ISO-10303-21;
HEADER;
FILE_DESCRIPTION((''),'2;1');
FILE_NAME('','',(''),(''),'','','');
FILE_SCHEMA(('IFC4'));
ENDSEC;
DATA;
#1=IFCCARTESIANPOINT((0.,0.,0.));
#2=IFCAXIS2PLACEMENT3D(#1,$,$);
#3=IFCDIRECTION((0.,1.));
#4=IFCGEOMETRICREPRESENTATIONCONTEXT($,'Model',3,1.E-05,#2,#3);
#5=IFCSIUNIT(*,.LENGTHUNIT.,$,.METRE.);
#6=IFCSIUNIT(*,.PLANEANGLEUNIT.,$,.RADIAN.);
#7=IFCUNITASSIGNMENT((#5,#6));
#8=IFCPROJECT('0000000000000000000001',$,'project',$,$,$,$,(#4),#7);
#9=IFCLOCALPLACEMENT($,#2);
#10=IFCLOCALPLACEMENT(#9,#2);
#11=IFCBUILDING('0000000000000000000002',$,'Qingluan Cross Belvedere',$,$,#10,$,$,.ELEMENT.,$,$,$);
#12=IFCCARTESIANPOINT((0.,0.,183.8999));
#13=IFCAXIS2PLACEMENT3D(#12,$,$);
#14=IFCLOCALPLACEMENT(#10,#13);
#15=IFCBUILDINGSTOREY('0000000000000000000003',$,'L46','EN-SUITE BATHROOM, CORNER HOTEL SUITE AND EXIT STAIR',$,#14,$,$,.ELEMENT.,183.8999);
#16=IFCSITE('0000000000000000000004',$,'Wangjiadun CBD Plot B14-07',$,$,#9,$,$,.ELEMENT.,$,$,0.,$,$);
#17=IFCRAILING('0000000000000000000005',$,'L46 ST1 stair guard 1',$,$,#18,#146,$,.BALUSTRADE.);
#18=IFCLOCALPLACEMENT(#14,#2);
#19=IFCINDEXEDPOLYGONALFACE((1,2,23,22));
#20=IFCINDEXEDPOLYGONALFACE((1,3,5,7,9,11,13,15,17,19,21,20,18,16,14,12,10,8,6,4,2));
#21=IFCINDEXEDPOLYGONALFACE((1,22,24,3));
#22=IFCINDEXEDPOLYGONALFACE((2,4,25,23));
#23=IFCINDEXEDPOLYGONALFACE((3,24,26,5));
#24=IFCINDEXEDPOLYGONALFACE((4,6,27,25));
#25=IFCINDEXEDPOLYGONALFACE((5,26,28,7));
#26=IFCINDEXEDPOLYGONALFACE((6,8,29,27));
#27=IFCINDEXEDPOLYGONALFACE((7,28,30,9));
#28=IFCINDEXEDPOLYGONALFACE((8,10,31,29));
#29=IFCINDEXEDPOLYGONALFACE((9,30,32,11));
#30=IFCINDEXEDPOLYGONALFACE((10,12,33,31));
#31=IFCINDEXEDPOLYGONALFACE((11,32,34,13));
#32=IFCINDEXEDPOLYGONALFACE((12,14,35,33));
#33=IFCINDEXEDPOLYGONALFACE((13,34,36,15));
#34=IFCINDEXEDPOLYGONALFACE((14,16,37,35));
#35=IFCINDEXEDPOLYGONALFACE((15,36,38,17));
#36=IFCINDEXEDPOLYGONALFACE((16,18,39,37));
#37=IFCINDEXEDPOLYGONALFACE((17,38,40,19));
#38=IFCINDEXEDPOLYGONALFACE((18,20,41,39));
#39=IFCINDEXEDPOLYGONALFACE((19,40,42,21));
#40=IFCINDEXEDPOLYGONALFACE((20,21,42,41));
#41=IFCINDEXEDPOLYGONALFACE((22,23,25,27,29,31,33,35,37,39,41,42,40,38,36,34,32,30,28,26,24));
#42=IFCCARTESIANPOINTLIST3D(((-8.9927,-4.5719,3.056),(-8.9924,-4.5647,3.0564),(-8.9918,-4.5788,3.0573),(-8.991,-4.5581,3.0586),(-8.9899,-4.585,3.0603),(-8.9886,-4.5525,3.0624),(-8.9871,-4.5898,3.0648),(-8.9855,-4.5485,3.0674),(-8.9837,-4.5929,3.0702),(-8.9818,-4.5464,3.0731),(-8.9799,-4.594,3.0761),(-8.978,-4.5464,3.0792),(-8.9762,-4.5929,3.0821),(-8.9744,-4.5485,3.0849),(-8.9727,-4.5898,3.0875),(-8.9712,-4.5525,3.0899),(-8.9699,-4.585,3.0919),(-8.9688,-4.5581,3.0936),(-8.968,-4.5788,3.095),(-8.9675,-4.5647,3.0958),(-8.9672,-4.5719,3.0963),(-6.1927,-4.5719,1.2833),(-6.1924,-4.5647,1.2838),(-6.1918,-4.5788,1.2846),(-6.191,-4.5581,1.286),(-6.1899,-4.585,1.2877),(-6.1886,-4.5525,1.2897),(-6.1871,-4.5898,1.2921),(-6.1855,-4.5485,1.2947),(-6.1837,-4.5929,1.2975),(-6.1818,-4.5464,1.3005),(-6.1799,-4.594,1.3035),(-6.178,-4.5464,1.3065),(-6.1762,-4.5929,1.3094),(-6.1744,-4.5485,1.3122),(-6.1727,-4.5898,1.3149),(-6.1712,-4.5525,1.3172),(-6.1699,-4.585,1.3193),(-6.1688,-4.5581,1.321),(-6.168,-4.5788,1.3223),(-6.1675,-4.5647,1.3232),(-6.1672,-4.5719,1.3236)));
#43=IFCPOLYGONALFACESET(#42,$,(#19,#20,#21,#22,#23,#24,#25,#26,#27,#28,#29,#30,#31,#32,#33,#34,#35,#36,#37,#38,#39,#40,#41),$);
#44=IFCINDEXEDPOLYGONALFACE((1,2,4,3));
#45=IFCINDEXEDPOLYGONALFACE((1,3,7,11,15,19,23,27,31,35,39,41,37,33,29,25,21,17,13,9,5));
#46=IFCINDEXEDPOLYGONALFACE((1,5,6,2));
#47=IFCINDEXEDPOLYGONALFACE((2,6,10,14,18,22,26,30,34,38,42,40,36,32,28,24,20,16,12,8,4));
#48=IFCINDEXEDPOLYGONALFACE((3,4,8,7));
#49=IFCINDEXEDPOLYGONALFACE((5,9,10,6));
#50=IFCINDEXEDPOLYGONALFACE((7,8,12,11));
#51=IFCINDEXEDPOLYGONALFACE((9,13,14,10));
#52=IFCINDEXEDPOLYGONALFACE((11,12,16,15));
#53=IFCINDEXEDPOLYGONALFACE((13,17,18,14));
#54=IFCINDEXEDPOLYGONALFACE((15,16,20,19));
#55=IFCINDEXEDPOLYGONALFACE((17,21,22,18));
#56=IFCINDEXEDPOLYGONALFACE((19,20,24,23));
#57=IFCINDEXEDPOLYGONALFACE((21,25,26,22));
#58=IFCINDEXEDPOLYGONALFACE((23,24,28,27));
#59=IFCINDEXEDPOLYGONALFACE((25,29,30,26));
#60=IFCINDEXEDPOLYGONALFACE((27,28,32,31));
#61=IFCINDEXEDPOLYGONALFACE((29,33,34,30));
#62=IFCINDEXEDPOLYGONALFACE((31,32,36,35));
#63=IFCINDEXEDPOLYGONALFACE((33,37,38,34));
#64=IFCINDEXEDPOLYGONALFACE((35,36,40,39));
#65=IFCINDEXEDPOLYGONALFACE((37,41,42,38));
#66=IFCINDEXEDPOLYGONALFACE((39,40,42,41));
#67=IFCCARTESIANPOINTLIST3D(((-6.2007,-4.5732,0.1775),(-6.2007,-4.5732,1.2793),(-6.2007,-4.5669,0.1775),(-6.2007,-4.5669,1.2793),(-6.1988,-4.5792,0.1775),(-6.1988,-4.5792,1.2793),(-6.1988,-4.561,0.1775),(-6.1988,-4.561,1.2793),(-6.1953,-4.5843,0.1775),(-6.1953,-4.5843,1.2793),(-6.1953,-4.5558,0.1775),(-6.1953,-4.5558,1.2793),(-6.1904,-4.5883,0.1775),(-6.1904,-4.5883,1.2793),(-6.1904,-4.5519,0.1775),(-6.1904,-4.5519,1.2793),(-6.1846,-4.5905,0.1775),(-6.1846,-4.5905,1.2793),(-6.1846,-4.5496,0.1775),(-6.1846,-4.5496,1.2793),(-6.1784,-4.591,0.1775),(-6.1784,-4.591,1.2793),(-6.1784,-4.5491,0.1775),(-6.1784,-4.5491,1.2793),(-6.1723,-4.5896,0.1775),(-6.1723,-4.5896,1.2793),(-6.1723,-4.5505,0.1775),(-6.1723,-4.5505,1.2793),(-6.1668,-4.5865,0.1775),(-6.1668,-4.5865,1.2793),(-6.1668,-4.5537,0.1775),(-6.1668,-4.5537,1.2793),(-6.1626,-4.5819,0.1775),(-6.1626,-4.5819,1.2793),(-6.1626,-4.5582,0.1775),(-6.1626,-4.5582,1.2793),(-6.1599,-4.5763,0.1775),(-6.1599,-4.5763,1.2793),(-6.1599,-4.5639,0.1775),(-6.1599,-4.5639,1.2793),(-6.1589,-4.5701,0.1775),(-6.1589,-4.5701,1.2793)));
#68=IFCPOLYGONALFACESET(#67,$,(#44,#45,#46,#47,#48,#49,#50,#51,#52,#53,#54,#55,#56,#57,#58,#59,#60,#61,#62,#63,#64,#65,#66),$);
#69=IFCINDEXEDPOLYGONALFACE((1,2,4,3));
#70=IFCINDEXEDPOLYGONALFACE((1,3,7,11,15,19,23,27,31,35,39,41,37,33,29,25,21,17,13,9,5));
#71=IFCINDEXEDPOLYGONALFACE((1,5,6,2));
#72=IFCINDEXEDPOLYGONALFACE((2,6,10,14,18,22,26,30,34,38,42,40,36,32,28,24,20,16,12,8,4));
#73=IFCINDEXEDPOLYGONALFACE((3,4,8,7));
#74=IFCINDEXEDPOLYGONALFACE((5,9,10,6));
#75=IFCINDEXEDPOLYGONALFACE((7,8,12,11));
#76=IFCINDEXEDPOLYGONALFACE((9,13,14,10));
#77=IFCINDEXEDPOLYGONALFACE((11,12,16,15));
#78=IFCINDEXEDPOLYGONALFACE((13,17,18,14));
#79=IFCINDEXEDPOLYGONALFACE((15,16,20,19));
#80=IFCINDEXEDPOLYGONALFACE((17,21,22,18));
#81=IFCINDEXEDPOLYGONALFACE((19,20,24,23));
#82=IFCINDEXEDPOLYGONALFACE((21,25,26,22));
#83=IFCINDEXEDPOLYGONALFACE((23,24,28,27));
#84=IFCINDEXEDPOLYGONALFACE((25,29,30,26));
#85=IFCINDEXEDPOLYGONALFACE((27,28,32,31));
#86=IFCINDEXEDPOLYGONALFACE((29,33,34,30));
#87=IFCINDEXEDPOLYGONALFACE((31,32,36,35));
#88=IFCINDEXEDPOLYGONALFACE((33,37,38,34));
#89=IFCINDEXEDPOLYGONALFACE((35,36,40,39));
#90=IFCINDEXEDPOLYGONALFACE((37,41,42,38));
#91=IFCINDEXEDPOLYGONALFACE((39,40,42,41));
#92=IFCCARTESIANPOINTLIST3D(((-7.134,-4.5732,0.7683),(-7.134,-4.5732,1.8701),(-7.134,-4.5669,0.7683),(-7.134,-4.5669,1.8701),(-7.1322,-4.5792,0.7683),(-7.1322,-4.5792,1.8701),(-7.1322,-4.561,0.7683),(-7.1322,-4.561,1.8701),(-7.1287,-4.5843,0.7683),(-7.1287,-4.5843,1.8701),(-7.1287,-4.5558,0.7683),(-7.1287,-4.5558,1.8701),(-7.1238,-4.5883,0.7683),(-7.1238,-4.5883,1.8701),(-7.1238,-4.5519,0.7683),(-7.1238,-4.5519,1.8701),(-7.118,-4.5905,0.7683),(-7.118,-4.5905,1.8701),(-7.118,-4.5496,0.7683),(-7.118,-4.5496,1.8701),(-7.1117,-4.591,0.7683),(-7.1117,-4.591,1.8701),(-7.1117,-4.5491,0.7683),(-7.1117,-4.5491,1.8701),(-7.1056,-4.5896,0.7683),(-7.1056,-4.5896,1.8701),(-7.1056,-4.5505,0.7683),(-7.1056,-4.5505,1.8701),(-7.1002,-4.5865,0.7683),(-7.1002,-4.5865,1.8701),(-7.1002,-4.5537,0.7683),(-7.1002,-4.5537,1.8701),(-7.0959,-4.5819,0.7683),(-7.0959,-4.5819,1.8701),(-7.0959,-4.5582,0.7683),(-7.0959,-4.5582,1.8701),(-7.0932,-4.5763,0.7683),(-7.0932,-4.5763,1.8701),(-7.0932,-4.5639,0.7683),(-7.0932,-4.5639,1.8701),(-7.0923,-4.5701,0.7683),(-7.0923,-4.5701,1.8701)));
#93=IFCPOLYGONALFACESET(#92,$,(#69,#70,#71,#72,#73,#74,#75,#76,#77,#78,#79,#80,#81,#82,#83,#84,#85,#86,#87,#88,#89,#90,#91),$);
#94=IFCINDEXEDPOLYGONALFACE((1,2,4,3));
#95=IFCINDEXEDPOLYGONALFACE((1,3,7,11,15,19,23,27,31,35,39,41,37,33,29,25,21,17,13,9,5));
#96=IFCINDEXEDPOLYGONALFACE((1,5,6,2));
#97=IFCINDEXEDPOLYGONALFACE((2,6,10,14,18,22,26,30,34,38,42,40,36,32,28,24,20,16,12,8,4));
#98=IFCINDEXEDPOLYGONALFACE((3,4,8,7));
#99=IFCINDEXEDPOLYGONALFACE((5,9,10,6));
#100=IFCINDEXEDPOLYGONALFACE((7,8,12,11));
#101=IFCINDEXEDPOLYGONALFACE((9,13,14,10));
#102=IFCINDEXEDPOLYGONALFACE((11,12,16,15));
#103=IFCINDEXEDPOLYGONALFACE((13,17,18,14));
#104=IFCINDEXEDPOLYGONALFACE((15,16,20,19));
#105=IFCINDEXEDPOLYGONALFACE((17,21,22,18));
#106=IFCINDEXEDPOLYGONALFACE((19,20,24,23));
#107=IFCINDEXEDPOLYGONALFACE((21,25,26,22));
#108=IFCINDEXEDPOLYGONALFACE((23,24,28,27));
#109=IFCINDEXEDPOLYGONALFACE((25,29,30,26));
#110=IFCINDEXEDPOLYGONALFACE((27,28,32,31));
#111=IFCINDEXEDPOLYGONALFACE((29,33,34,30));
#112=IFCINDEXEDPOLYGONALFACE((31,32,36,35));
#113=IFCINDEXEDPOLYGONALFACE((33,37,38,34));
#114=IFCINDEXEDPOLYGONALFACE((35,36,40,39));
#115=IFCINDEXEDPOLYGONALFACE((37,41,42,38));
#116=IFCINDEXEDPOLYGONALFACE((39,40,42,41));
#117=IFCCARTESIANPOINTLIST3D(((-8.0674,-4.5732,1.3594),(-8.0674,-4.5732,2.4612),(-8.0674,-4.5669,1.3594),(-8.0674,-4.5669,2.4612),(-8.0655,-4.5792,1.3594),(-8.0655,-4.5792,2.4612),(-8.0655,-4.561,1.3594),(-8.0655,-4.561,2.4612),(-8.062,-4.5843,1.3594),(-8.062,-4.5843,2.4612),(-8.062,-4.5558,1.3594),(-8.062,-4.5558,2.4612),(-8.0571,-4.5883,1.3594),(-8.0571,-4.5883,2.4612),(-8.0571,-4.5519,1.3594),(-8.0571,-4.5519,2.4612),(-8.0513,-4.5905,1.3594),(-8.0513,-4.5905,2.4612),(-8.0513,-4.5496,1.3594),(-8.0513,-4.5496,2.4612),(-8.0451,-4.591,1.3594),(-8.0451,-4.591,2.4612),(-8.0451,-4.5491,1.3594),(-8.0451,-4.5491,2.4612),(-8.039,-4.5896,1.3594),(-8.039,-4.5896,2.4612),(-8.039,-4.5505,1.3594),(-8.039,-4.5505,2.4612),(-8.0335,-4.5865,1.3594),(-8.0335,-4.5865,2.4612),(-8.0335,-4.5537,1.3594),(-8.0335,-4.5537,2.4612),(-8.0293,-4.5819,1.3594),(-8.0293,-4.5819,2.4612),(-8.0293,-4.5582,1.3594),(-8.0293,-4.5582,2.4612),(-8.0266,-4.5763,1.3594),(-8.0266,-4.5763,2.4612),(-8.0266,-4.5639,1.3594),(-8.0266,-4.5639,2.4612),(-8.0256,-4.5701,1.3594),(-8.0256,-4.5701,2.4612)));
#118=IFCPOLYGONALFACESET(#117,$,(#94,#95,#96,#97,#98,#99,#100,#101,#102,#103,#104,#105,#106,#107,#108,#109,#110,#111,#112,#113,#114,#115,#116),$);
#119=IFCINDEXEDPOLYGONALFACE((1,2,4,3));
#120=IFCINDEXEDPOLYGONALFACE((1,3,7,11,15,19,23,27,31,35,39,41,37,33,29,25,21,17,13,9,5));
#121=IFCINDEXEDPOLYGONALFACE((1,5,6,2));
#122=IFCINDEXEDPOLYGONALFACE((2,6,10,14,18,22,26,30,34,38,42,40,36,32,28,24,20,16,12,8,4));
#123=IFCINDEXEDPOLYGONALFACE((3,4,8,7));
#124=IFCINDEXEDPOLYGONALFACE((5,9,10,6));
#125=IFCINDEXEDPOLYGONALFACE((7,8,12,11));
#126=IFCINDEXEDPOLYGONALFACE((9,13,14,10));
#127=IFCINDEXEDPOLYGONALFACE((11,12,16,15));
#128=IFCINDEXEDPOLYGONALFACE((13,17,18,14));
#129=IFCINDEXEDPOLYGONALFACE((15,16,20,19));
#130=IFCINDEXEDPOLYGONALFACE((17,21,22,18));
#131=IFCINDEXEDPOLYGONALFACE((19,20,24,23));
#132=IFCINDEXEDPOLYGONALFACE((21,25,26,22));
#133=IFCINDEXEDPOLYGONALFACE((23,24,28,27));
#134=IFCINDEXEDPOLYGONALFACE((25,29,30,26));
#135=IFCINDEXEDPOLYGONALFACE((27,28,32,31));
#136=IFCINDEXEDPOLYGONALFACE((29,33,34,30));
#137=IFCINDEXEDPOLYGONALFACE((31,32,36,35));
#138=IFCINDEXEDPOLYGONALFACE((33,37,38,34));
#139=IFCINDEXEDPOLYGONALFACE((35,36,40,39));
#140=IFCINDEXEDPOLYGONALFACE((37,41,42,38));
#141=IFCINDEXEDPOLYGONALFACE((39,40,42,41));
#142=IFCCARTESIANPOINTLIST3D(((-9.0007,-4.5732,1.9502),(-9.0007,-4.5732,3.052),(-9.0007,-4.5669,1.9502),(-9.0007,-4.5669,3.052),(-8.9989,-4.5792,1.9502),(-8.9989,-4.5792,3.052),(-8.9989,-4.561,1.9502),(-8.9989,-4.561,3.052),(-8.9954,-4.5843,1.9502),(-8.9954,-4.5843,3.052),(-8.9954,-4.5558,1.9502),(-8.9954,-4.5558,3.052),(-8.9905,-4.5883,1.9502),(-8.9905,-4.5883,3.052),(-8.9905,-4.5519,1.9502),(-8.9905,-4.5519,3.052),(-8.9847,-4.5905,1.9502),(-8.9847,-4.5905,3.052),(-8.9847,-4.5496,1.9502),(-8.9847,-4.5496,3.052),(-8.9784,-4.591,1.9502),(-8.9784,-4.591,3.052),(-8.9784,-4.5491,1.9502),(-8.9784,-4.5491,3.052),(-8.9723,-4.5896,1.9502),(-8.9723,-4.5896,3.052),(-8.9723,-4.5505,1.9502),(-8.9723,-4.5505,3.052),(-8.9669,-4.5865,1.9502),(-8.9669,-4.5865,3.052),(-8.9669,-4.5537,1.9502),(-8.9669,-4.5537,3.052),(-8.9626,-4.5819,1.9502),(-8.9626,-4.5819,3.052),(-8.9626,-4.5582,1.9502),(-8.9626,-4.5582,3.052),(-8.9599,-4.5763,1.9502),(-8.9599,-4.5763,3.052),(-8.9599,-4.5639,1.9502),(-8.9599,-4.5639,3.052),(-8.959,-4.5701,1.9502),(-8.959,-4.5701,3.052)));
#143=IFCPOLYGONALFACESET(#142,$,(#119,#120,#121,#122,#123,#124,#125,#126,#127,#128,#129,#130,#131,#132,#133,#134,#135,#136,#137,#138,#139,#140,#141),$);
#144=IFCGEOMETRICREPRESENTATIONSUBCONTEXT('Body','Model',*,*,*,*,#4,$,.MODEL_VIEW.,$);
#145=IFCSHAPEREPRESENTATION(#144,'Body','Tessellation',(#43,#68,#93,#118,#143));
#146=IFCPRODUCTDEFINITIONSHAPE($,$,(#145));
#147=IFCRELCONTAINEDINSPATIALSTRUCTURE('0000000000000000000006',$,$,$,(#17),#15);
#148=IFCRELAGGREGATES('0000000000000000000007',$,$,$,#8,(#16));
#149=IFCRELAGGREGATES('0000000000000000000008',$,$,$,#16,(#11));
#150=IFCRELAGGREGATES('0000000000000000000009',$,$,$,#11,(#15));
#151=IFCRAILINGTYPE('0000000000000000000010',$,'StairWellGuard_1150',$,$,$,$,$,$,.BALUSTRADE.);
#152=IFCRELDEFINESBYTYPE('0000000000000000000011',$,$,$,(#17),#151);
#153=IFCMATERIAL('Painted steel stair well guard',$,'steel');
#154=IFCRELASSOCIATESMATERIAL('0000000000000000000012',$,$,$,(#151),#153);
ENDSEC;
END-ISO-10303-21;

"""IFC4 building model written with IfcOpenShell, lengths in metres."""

from ifc_helpers import new_model, si_unit, direction, frame, origin, origin_2d, place, context, subcontext, project, spatial, circle, extrude, material, type_object, element, save


model = new_model("IFC4")

# Units and contexts
model_context = context("Model", 3, precision=1e-05, world=origin(), true_north=direction((0.0, 1.0)))
body_context = subcontext(model_context, "Body", "Model", "MODEL_VIEW")
ifc_project = project(units=[si_unit("LENGTHUNIT", "METRE"), si_unit("PLANEANGLEUNIT", "RADIAN")], contexts=[model_context])

# Site, building, storey
site_placement = place(None, origin())
site = spatial("IfcSite", under=ifc_project, at=site_placement, Name="Wangjiadun CBD Plot B14-07", CompositionType="ELEMENT", RefElevation=0.0)
building_placement = place(site_placement, origin())
building = spatial("IfcBuilding", under=site, at=building_placement, Name="Qingluan Cross Belvedere", CompositionType="ELEMENT")
storey_placement = place(building_placement, frame((0.0, 0.0, 183.8999)))
storey = spatial("IfcBuildingStorey", under=building, at=storey_placement, Name="L46", Description="EN-SUITE BATHROOM, CORNER HOTEL SUITE AND EXIT STAIR", CompositionType="ELEMENT", Elevation=183.8999)

# Railing
ifc_material_1 = material(Name="Painted steel stair well guard", Category="steel")
railing_type_1 = type_object("IfcRailingType", Name="StairWellGuard_1150", PredefinedType="BALUSTRADE", material=ifc_material_1)
railing_1_placement = place(storey_placement, frame((-6.1799, -4.5701, 0.1775)))
element("IfcRailing", 1, at=railing_1_placement, inside=storey, type_object=railing_type_1, Name="L46 ST1 stair guard 1", PredefinedType="BALUSTRADE", context=body_context, shape_type="SweptSolid", body=[
    extrude(circle(Radius=0.0239, at=origin_2d()), frame((0.0, 0.0, 1.126), z_axis=(-0.844909, 0.0, 0.53491), x_axis=(0.0, -1.0, 0.0)), (0.0, 0.0, 1.0), 3.314),
    extrude(circle(Radius=0.021, at=origin_2d()), origin(), (0.0, 0.0, 1.0), 1.1018),
    extrude(circle(Radius=0.021, at=origin_2d()), frame((-0.9333, 0.0, 0.5908)), (0.0, 0.0, 1.0), 1.1018),
    extrude(circle(Radius=0.021, at=origin_2d()), frame((-1.8667, 0.0, 1.1819)), (0.0, 0.0, 1.0), 1.1018),
    extrude(circle(Radius=0.021, at=origin_2d()), frame((-2.8, 0.0, 1.7727)), (0.0, 0.0, 1.0), 1.1018),
])

save(model, "model.ifc")
